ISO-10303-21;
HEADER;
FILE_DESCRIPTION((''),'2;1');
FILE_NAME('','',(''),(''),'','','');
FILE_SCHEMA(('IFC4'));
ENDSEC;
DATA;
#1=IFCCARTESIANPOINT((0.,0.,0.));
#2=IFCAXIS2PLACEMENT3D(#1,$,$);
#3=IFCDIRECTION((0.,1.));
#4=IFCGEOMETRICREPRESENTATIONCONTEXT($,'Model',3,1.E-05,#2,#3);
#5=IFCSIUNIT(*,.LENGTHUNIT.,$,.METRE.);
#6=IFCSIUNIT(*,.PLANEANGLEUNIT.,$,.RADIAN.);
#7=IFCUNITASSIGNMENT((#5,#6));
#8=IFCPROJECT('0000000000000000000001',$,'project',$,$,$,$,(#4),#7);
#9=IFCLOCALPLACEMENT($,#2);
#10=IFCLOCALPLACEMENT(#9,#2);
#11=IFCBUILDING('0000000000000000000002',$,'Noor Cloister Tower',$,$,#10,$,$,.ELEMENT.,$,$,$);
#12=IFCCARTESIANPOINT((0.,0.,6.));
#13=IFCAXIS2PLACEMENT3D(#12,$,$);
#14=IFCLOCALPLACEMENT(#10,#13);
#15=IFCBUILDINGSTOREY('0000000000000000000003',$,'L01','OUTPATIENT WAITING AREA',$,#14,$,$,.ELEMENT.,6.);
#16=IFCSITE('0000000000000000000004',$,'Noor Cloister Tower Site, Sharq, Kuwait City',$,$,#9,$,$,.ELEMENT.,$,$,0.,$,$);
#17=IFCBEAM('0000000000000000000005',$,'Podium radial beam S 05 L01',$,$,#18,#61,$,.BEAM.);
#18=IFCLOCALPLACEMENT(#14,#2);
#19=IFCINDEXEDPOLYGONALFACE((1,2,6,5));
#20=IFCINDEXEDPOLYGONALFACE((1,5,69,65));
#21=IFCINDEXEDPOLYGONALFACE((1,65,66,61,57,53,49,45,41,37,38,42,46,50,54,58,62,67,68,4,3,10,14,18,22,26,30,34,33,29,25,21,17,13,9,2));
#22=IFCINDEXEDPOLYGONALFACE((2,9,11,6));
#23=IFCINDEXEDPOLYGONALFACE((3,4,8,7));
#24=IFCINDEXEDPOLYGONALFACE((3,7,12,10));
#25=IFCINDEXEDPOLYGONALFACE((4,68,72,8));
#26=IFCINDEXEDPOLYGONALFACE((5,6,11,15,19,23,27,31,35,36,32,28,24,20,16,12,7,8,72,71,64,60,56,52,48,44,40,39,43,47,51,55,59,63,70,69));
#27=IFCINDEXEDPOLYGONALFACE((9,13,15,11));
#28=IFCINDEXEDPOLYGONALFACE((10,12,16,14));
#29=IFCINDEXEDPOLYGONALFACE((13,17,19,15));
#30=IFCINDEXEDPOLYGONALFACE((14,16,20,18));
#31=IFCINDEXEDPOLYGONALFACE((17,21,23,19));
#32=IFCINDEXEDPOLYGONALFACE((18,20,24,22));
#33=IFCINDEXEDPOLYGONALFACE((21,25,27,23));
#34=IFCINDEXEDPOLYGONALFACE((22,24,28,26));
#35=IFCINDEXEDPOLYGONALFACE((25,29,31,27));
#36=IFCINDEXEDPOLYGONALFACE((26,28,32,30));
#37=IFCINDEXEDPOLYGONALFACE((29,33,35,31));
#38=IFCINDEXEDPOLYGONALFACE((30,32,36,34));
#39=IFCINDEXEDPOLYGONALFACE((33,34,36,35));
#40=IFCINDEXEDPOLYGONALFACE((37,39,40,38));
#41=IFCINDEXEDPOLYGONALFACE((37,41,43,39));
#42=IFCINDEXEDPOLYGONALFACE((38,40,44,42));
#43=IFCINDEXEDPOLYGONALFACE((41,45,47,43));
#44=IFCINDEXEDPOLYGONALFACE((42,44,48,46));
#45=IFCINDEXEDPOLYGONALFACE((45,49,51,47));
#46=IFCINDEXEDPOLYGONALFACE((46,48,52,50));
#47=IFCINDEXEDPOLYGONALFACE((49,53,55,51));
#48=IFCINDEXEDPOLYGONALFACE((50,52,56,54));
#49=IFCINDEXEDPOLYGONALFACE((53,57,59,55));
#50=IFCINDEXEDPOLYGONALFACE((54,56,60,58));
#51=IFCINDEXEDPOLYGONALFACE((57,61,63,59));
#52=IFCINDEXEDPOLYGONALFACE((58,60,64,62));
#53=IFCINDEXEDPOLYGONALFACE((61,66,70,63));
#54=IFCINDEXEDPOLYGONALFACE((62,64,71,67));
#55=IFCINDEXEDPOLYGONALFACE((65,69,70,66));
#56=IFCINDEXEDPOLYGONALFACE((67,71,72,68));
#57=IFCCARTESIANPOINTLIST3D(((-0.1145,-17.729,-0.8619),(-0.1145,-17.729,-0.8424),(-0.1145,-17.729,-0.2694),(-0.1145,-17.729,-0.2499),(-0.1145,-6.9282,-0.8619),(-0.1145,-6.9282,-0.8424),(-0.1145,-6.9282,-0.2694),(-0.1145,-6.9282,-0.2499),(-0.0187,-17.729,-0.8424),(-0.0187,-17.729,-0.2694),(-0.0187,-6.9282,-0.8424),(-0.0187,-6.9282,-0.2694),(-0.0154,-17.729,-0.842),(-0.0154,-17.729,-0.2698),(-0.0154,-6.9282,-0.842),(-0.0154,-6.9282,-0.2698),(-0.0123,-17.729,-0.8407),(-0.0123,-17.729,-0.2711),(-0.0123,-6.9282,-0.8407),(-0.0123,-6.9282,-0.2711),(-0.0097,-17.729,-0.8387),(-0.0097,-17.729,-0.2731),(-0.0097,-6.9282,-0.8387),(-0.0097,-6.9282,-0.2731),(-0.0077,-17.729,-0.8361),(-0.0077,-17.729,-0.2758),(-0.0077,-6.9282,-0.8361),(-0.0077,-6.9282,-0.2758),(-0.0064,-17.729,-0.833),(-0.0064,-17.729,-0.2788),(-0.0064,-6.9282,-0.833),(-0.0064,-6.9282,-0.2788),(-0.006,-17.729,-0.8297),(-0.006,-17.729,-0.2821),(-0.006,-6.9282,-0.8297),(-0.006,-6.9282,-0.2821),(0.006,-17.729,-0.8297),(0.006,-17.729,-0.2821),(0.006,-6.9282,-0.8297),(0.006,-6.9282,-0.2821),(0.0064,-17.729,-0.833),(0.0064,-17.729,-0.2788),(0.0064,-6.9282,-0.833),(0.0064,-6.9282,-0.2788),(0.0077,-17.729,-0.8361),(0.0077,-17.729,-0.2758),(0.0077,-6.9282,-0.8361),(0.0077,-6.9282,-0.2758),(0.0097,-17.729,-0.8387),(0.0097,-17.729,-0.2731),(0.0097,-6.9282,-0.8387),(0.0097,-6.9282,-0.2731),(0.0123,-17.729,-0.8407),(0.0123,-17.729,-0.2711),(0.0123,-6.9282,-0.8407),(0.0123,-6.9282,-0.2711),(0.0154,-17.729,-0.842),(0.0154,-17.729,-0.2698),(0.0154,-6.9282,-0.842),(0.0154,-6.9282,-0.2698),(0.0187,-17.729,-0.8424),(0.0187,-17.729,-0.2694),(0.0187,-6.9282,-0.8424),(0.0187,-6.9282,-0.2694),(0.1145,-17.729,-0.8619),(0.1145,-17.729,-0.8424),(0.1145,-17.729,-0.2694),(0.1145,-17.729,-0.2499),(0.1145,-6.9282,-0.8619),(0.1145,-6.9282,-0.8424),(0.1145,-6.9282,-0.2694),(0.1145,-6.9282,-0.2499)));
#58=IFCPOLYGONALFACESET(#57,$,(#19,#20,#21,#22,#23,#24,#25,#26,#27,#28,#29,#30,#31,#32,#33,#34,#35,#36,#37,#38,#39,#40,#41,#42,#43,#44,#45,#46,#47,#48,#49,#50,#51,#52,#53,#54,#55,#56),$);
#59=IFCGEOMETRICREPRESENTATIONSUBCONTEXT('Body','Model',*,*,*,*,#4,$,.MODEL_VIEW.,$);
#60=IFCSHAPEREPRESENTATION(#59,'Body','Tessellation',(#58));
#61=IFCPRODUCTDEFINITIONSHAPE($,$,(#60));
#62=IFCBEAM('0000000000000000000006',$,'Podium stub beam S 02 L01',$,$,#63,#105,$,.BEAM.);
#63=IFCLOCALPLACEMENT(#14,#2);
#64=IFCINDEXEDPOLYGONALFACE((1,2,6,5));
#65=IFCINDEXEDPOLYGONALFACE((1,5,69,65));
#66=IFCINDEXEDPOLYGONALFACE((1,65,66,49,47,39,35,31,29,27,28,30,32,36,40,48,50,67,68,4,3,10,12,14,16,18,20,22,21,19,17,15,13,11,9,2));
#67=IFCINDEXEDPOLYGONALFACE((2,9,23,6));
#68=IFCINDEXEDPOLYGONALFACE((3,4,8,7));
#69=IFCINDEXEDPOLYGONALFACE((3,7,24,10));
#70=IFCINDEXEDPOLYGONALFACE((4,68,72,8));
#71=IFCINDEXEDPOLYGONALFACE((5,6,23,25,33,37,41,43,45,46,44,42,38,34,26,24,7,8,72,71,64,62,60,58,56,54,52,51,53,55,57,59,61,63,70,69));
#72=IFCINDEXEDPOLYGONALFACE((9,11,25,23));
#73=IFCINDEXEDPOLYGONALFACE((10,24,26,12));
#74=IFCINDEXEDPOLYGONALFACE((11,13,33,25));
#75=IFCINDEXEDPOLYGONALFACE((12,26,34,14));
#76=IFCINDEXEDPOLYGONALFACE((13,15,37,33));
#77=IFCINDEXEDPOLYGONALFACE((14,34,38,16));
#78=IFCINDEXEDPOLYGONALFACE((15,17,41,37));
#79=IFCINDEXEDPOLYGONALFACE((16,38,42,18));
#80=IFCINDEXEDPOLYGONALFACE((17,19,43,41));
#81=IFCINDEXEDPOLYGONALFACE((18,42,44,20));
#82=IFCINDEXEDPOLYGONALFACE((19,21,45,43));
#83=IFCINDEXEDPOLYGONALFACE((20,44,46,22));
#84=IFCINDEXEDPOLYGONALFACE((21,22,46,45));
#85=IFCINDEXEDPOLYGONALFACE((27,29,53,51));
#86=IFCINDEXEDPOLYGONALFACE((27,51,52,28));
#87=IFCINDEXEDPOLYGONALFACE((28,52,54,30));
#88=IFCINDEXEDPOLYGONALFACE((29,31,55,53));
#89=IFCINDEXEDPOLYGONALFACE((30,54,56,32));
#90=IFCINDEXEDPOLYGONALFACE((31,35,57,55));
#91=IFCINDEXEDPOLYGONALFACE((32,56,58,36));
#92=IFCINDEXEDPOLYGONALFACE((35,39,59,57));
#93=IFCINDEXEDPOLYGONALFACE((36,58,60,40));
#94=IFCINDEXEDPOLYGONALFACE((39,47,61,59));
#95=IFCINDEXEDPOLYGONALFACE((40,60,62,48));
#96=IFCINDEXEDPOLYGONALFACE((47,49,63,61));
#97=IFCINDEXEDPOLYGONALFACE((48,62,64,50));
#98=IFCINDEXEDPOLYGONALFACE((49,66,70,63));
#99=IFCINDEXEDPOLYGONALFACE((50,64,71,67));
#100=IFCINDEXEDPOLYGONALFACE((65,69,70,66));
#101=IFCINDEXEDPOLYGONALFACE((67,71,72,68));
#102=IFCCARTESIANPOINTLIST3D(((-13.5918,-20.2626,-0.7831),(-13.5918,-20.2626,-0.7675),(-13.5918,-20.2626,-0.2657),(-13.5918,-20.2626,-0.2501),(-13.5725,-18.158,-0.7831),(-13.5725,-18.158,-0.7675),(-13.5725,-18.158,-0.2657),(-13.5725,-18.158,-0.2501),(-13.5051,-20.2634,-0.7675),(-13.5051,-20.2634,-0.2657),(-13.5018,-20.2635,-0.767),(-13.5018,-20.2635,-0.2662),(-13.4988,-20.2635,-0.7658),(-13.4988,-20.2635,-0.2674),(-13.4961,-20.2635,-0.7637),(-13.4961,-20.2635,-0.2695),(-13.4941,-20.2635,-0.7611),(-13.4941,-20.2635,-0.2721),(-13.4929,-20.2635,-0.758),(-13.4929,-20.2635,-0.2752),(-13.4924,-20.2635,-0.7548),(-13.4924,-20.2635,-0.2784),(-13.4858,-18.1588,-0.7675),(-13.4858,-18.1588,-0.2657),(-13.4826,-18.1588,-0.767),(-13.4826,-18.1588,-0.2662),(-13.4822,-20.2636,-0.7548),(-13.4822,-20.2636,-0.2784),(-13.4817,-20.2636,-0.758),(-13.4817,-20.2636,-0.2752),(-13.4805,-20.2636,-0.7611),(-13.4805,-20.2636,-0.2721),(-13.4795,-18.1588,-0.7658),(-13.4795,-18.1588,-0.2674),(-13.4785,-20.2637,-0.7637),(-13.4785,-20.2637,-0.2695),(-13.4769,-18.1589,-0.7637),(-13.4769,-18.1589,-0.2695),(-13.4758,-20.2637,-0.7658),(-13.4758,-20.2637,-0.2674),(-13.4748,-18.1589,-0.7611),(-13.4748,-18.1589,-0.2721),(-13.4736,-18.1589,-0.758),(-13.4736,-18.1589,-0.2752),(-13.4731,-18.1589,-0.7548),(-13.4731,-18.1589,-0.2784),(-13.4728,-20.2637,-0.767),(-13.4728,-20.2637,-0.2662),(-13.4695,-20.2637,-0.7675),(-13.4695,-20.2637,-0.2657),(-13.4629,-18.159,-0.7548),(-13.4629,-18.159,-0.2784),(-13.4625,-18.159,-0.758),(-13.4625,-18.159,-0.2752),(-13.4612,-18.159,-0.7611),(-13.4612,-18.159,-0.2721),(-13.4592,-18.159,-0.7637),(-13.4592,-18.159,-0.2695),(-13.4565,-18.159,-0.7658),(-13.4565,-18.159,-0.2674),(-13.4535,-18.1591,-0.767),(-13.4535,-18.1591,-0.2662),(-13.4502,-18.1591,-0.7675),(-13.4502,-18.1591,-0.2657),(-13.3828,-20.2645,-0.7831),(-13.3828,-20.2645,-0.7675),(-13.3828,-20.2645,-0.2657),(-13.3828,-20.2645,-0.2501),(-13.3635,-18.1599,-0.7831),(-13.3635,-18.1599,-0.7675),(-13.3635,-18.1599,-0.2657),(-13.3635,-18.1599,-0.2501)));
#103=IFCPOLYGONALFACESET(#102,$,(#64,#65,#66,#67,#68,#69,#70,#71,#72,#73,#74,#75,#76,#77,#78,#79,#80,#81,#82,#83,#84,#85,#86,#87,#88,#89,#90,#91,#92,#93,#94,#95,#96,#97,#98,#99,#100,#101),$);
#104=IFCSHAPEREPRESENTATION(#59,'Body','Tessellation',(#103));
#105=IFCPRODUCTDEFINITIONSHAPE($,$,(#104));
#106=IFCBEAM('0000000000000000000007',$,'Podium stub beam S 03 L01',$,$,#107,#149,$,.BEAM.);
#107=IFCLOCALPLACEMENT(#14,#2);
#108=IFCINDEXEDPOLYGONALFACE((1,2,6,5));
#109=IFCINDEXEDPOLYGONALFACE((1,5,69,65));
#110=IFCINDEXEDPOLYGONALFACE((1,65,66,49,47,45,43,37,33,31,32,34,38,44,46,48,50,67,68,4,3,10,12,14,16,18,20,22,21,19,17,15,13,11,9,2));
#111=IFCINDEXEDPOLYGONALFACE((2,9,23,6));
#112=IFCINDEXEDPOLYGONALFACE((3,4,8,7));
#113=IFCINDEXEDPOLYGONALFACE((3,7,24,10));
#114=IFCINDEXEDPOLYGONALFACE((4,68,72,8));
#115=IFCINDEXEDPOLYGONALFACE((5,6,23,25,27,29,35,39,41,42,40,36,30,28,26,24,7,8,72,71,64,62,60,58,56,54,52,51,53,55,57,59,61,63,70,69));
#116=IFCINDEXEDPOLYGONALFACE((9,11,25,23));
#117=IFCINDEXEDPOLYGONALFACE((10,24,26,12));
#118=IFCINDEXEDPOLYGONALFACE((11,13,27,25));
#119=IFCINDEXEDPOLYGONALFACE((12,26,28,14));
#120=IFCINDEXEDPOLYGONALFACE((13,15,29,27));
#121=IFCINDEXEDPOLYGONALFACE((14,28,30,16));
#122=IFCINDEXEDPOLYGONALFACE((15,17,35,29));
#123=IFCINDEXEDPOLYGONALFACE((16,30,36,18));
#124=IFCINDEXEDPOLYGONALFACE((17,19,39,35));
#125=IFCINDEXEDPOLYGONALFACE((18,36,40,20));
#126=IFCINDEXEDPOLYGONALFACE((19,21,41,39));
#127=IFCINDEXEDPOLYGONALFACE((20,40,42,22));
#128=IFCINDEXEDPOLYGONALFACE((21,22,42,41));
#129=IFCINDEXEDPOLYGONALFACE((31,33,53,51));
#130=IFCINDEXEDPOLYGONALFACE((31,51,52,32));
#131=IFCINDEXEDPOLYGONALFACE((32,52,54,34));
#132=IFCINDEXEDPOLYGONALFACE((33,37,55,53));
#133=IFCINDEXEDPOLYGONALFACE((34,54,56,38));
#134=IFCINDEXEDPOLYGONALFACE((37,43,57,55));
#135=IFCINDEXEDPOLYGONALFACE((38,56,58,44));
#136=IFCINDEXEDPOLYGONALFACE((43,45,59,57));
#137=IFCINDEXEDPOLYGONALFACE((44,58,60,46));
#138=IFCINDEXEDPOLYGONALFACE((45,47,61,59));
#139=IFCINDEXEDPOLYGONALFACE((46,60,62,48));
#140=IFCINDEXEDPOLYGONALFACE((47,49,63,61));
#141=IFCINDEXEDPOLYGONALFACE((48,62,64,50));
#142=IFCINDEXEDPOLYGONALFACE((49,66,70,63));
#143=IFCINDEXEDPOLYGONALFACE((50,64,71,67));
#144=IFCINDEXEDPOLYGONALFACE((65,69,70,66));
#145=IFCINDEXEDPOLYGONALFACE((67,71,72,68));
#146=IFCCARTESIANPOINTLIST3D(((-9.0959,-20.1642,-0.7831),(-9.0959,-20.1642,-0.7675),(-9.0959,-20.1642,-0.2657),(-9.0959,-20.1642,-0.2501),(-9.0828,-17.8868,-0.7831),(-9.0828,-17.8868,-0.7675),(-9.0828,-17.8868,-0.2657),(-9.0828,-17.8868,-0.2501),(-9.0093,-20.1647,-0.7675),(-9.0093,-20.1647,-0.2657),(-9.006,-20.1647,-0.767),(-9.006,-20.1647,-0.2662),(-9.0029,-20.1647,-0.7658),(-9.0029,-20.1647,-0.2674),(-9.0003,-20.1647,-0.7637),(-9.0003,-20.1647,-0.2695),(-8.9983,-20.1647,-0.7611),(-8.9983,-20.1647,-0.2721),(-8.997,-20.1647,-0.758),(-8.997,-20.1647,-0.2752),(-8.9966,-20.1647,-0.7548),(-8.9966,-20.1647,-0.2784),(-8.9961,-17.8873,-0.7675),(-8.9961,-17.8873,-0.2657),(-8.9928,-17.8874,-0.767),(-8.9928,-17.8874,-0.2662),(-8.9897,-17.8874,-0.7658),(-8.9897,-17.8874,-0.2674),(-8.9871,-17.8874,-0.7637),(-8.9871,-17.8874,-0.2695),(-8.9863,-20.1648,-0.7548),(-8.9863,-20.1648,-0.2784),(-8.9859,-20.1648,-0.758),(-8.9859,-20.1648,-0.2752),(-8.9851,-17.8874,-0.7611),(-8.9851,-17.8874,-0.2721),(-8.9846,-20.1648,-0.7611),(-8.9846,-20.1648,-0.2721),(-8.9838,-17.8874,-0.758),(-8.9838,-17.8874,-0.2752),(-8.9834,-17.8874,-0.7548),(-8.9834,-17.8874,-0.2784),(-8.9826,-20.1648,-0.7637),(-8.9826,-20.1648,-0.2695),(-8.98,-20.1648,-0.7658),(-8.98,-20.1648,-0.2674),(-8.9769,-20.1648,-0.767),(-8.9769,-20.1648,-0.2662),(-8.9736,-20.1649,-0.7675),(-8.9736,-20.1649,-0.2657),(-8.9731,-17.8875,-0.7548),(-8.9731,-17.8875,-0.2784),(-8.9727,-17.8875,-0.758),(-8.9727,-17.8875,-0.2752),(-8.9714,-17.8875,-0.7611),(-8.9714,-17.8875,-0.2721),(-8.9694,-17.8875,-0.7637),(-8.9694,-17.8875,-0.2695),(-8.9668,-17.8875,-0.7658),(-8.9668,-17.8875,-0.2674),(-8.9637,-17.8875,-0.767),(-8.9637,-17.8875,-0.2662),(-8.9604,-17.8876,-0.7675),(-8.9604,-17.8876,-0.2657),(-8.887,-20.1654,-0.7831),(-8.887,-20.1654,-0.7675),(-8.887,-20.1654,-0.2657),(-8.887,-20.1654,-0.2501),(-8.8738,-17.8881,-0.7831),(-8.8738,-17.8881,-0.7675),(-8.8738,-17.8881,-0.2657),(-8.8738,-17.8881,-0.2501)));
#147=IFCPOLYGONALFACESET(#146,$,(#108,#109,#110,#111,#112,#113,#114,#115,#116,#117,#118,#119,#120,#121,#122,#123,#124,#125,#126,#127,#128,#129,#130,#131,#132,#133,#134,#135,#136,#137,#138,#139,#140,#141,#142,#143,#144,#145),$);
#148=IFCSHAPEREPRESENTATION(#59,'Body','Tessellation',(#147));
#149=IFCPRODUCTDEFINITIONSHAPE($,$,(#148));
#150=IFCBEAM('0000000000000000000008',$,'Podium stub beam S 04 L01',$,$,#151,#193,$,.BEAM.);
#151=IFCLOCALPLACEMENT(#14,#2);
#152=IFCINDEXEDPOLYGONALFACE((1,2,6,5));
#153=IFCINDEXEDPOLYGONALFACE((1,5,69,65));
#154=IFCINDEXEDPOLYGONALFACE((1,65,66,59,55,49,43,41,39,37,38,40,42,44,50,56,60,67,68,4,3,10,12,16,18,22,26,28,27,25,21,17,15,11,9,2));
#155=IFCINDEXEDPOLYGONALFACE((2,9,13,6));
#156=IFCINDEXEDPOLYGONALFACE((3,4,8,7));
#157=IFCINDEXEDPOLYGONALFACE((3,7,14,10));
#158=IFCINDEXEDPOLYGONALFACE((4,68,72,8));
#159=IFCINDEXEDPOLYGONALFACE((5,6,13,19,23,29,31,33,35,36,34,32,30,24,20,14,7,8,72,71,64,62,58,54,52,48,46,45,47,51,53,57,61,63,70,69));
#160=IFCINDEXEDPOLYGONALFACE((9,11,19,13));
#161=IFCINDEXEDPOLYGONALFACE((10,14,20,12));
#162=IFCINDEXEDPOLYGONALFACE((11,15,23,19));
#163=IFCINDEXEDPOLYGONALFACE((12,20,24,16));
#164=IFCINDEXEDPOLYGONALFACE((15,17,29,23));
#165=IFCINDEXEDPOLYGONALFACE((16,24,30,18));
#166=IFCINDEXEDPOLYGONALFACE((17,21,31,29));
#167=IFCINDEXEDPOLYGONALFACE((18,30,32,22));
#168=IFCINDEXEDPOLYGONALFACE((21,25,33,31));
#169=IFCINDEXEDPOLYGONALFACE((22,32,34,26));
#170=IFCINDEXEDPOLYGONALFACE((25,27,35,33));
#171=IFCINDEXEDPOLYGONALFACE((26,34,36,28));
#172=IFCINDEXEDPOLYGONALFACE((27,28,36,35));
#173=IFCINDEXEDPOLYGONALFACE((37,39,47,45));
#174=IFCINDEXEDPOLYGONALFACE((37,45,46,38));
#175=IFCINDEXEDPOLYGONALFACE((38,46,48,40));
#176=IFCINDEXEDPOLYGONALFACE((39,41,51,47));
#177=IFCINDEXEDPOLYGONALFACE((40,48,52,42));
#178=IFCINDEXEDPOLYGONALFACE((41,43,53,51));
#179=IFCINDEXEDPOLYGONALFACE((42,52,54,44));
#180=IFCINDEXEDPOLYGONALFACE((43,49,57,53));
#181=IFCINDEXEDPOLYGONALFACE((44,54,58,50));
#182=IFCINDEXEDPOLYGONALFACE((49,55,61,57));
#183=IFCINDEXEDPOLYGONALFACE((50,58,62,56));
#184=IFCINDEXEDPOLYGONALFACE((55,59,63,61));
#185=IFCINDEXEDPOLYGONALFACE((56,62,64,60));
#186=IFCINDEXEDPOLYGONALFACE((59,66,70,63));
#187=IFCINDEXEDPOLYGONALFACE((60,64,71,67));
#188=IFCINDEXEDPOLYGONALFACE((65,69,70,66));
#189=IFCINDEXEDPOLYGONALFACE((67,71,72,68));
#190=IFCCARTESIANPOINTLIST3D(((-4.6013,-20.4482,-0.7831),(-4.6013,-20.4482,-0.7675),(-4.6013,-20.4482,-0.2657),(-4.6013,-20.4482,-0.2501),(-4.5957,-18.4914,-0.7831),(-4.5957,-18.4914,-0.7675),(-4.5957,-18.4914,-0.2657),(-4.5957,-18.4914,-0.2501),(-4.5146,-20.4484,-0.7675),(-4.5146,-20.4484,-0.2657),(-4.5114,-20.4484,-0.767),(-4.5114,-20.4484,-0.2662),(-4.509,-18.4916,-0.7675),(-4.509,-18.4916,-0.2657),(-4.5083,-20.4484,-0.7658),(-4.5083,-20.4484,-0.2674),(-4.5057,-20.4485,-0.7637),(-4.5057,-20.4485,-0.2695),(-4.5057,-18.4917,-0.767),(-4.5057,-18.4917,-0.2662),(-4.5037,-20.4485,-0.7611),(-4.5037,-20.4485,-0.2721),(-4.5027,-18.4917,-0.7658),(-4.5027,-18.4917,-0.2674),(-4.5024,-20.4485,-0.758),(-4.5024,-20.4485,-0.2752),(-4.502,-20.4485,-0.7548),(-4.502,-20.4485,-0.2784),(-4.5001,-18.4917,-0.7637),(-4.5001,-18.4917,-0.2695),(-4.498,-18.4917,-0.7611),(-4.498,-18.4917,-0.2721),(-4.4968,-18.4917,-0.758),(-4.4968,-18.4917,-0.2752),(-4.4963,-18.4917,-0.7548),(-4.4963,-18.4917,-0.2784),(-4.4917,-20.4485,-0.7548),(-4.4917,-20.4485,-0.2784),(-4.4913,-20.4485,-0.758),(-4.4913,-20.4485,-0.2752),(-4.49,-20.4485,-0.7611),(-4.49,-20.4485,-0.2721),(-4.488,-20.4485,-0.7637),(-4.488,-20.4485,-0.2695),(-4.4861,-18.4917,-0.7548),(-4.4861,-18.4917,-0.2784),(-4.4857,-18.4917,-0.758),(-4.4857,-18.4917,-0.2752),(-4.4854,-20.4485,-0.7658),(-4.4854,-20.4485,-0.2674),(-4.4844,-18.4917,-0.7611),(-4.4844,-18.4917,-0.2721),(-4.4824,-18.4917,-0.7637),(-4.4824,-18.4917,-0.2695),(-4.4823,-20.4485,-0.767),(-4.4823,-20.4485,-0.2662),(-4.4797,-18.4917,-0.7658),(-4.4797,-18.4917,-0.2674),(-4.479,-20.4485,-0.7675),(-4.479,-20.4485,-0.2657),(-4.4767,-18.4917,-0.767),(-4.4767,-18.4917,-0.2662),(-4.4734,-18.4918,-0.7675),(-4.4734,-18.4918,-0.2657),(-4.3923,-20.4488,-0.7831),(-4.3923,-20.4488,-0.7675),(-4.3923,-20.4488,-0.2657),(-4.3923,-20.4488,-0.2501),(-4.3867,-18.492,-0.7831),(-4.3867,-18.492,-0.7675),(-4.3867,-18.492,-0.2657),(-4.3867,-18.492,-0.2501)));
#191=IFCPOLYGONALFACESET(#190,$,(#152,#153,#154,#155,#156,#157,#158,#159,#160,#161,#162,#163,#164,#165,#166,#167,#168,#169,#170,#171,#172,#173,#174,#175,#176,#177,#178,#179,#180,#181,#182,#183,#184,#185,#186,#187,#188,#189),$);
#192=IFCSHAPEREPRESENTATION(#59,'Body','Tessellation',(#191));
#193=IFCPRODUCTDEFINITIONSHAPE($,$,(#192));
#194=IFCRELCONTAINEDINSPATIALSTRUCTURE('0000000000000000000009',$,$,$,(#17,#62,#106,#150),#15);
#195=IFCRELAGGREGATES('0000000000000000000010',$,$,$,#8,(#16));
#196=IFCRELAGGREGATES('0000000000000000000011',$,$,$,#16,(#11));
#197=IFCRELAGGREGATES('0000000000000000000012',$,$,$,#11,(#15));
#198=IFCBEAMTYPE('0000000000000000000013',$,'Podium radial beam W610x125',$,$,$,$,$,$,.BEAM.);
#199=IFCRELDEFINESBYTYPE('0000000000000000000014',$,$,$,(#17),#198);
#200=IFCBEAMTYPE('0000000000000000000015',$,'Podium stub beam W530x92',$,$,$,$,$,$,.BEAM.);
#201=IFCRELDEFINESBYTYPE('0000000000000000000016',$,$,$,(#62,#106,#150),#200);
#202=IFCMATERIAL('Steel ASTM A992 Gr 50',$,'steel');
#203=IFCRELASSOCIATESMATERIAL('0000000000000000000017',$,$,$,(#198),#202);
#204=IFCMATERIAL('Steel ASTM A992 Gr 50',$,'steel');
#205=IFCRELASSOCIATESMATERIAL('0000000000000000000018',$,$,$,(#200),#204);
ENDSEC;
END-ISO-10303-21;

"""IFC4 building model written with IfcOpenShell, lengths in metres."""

from ifc_helpers import new_model, si_unit, direction, frame, origin, origin_2d, place, context, subcontext, project, spatial, i_section, extrude, material, material_profile, profile_set, type_object, element, save


model = new_model("IFC4")

# Units and contexts
model_context = context("Model", 3, precision=1e-05, world=origin(), true_north=direction((0.0, 1.0)))
body_context = subcontext(model_context, "Body", "Model", "MODEL_VIEW")
ifc_project = project(units=[si_unit("LENGTHUNIT", "METRE"), si_unit("PLANEANGLEUNIT", "RADIAN")], contexts=[model_context])

# Site, building, storey
site_placement = place(None, origin())
site = spatial("IfcSite", under=ifc_project, at=site_placement, Name="Noor Cloister Tower Site, Sharq, Kuwait City", CompositionType="ELEMENT", RefElevation=0.0)
building_placement = place(site_placement, origin())
building = spatial("IfcBuilding", under=site, at=building_placement, Name="Noor Cloister Tower", CompositionType="ELEMENT")
storey_placement = place(building_placement, frame((0.0, 0.0, 6.0)))
storey = spatial("IfcBuildingStorey", under=building, at=storey_placement, Name="L01", Description="OUTPATIENT WAITING AREA", CompositionType="ELEMENT", Elevation=6.0)

# Beams
ifc_material_1 = material(Name="Steel ASTM A992 Gr 50", Category="steel")
ifc_material_profile_1 = material_profile(ifc_material_1, i_section(OverallWidth=0.229, OverallDepth=0.6121, WebThickness=0.012, FlangeThickness=0.0195, FilletRadius=0.0127, at=origin_2d()), Name="W610x125")
ifc_profile_set_1 = profile_set([ifc_material_profile_1], Name="Steel ASTM A992 Gr 50")
beam_type_1 = type_object("IfcBeamType", Name="Podium radial beam W610x125", PredefinedType="BEAM", material=ifc_profile_set_1)
beam_1_placement = place(storey_placement, frame((0.0, -17.729, -0.5559), z_axis=(0.0, 1.0, 0.0), x_axis=(-1.0, 0.0, 0.0)))
element("IfcBeam", 1, at=beam_1_placement, inside=storey, type_object=beam_type_1, Name="Podium radial beam S 05 L01", PredefinedType="BEAM", context=body_context, shape_type="SweptSolid", body=[
    extrude(i_section(OverallWidth=0.229, OverallDepth=0.6121, WebThickness=0.012, FlangeThickness=0.0195, FilletRadius=0.0127, at=origin_2d()), origin(), (0.0, 0.0, 1.0), 10.8008),
])
ifc_material_2 = material(Name="Steel ASTM A992 Gr 50", Category="steel")
ifc_material_profile_2 = material_profile(ifc_material_2, i_section(OverallWidth=0.209, OverallDepth=0.533, WebThickness=0.0103, FlangeThickness=0.0156, FilletRadius=0.0127, at=origin_2d()), Name="W530x92")
ifc_profile_set_2 = profile_set([ifc_material_profile_2], Name="Steel ASTM A992 Gr 50")
beam_type_2 = type_object("IfcBeamType", Name="Podium stub beam W530x92", PredefinedType="BEAM", material=ifc_profile_set_2)
beam_2_placement = place(storey_placement, frame((-13.468, -18.1589, -0.5166), z_axis=(-0.009163, -0.999958, 0.0), x_axis=(0.999958, -0.009163, 0.0)))
element("IfcBeam", 2, at=beam_2_placement, inside=storey, type_object=beam_type_2, Name="Podium stub beam S 02 L01", PredefinedType="BEAM", context=body_context, shape_type="SweptSolid", body=[
    extrude(i_section(OverallWidth=0.209, OverallDepth=0.533, WebThickness=0.0103, FlangeThickness=0.0156, FilletRadius=0.0127, at=origin_2d()), origin(), (0.0, 0.0, 1.0), 2.1047),
])
beam_3_placement = place(storey_placement, frame((-8.9783, -17.8875, -0.5166), z_axis=(-0.005789, -0.999983, 0.0), x_axis=(0.999983, -0.005789, 0.0)))
element("IfcBeam", 3, at=beam_3_placement, inside=storey, type_object=beam_type_2, Name="Podium stub beam S 03 L01", PredefinedType="BEAM", context=body_context, shape_type="SweptSolid", body=[
    extrude(i_section(OverallWidth=0.209, OverallDepth=0.533, WebThickness=0.0103, FlangeThickness=0.0156, FilletRadius=0.0127, at=origin_2d()), origin(), (0.0, 0.0, 1.0), 2.2773),
])
beam_4_placement = place(storey_placement, frame((-4.4912, -18.4917, -0.5166), z_axis=(-0.00287, -0.999996, 0.0), x_axis=(0.999996, -0.00287, 0.0)))
element("IfcBeam", 4, at=beam_4_placement, inside=storey, type_object=beam_type_2, Name="Podium stub beam S 04 L01", PredefinedType="BEAM", context=body_context, shape_type="SweptSolid", body=[
    extrude(i_section(OverallWidth=0.209, OverallDepth=0.533, WebThickness=0.0103, FlangeThickness=0.0156, FilletRadius=0.0127, at=origin_2d()), origin(), (0.0, 0.0, 1.0), 1.9568),
])

save(model, "model.ifc")
